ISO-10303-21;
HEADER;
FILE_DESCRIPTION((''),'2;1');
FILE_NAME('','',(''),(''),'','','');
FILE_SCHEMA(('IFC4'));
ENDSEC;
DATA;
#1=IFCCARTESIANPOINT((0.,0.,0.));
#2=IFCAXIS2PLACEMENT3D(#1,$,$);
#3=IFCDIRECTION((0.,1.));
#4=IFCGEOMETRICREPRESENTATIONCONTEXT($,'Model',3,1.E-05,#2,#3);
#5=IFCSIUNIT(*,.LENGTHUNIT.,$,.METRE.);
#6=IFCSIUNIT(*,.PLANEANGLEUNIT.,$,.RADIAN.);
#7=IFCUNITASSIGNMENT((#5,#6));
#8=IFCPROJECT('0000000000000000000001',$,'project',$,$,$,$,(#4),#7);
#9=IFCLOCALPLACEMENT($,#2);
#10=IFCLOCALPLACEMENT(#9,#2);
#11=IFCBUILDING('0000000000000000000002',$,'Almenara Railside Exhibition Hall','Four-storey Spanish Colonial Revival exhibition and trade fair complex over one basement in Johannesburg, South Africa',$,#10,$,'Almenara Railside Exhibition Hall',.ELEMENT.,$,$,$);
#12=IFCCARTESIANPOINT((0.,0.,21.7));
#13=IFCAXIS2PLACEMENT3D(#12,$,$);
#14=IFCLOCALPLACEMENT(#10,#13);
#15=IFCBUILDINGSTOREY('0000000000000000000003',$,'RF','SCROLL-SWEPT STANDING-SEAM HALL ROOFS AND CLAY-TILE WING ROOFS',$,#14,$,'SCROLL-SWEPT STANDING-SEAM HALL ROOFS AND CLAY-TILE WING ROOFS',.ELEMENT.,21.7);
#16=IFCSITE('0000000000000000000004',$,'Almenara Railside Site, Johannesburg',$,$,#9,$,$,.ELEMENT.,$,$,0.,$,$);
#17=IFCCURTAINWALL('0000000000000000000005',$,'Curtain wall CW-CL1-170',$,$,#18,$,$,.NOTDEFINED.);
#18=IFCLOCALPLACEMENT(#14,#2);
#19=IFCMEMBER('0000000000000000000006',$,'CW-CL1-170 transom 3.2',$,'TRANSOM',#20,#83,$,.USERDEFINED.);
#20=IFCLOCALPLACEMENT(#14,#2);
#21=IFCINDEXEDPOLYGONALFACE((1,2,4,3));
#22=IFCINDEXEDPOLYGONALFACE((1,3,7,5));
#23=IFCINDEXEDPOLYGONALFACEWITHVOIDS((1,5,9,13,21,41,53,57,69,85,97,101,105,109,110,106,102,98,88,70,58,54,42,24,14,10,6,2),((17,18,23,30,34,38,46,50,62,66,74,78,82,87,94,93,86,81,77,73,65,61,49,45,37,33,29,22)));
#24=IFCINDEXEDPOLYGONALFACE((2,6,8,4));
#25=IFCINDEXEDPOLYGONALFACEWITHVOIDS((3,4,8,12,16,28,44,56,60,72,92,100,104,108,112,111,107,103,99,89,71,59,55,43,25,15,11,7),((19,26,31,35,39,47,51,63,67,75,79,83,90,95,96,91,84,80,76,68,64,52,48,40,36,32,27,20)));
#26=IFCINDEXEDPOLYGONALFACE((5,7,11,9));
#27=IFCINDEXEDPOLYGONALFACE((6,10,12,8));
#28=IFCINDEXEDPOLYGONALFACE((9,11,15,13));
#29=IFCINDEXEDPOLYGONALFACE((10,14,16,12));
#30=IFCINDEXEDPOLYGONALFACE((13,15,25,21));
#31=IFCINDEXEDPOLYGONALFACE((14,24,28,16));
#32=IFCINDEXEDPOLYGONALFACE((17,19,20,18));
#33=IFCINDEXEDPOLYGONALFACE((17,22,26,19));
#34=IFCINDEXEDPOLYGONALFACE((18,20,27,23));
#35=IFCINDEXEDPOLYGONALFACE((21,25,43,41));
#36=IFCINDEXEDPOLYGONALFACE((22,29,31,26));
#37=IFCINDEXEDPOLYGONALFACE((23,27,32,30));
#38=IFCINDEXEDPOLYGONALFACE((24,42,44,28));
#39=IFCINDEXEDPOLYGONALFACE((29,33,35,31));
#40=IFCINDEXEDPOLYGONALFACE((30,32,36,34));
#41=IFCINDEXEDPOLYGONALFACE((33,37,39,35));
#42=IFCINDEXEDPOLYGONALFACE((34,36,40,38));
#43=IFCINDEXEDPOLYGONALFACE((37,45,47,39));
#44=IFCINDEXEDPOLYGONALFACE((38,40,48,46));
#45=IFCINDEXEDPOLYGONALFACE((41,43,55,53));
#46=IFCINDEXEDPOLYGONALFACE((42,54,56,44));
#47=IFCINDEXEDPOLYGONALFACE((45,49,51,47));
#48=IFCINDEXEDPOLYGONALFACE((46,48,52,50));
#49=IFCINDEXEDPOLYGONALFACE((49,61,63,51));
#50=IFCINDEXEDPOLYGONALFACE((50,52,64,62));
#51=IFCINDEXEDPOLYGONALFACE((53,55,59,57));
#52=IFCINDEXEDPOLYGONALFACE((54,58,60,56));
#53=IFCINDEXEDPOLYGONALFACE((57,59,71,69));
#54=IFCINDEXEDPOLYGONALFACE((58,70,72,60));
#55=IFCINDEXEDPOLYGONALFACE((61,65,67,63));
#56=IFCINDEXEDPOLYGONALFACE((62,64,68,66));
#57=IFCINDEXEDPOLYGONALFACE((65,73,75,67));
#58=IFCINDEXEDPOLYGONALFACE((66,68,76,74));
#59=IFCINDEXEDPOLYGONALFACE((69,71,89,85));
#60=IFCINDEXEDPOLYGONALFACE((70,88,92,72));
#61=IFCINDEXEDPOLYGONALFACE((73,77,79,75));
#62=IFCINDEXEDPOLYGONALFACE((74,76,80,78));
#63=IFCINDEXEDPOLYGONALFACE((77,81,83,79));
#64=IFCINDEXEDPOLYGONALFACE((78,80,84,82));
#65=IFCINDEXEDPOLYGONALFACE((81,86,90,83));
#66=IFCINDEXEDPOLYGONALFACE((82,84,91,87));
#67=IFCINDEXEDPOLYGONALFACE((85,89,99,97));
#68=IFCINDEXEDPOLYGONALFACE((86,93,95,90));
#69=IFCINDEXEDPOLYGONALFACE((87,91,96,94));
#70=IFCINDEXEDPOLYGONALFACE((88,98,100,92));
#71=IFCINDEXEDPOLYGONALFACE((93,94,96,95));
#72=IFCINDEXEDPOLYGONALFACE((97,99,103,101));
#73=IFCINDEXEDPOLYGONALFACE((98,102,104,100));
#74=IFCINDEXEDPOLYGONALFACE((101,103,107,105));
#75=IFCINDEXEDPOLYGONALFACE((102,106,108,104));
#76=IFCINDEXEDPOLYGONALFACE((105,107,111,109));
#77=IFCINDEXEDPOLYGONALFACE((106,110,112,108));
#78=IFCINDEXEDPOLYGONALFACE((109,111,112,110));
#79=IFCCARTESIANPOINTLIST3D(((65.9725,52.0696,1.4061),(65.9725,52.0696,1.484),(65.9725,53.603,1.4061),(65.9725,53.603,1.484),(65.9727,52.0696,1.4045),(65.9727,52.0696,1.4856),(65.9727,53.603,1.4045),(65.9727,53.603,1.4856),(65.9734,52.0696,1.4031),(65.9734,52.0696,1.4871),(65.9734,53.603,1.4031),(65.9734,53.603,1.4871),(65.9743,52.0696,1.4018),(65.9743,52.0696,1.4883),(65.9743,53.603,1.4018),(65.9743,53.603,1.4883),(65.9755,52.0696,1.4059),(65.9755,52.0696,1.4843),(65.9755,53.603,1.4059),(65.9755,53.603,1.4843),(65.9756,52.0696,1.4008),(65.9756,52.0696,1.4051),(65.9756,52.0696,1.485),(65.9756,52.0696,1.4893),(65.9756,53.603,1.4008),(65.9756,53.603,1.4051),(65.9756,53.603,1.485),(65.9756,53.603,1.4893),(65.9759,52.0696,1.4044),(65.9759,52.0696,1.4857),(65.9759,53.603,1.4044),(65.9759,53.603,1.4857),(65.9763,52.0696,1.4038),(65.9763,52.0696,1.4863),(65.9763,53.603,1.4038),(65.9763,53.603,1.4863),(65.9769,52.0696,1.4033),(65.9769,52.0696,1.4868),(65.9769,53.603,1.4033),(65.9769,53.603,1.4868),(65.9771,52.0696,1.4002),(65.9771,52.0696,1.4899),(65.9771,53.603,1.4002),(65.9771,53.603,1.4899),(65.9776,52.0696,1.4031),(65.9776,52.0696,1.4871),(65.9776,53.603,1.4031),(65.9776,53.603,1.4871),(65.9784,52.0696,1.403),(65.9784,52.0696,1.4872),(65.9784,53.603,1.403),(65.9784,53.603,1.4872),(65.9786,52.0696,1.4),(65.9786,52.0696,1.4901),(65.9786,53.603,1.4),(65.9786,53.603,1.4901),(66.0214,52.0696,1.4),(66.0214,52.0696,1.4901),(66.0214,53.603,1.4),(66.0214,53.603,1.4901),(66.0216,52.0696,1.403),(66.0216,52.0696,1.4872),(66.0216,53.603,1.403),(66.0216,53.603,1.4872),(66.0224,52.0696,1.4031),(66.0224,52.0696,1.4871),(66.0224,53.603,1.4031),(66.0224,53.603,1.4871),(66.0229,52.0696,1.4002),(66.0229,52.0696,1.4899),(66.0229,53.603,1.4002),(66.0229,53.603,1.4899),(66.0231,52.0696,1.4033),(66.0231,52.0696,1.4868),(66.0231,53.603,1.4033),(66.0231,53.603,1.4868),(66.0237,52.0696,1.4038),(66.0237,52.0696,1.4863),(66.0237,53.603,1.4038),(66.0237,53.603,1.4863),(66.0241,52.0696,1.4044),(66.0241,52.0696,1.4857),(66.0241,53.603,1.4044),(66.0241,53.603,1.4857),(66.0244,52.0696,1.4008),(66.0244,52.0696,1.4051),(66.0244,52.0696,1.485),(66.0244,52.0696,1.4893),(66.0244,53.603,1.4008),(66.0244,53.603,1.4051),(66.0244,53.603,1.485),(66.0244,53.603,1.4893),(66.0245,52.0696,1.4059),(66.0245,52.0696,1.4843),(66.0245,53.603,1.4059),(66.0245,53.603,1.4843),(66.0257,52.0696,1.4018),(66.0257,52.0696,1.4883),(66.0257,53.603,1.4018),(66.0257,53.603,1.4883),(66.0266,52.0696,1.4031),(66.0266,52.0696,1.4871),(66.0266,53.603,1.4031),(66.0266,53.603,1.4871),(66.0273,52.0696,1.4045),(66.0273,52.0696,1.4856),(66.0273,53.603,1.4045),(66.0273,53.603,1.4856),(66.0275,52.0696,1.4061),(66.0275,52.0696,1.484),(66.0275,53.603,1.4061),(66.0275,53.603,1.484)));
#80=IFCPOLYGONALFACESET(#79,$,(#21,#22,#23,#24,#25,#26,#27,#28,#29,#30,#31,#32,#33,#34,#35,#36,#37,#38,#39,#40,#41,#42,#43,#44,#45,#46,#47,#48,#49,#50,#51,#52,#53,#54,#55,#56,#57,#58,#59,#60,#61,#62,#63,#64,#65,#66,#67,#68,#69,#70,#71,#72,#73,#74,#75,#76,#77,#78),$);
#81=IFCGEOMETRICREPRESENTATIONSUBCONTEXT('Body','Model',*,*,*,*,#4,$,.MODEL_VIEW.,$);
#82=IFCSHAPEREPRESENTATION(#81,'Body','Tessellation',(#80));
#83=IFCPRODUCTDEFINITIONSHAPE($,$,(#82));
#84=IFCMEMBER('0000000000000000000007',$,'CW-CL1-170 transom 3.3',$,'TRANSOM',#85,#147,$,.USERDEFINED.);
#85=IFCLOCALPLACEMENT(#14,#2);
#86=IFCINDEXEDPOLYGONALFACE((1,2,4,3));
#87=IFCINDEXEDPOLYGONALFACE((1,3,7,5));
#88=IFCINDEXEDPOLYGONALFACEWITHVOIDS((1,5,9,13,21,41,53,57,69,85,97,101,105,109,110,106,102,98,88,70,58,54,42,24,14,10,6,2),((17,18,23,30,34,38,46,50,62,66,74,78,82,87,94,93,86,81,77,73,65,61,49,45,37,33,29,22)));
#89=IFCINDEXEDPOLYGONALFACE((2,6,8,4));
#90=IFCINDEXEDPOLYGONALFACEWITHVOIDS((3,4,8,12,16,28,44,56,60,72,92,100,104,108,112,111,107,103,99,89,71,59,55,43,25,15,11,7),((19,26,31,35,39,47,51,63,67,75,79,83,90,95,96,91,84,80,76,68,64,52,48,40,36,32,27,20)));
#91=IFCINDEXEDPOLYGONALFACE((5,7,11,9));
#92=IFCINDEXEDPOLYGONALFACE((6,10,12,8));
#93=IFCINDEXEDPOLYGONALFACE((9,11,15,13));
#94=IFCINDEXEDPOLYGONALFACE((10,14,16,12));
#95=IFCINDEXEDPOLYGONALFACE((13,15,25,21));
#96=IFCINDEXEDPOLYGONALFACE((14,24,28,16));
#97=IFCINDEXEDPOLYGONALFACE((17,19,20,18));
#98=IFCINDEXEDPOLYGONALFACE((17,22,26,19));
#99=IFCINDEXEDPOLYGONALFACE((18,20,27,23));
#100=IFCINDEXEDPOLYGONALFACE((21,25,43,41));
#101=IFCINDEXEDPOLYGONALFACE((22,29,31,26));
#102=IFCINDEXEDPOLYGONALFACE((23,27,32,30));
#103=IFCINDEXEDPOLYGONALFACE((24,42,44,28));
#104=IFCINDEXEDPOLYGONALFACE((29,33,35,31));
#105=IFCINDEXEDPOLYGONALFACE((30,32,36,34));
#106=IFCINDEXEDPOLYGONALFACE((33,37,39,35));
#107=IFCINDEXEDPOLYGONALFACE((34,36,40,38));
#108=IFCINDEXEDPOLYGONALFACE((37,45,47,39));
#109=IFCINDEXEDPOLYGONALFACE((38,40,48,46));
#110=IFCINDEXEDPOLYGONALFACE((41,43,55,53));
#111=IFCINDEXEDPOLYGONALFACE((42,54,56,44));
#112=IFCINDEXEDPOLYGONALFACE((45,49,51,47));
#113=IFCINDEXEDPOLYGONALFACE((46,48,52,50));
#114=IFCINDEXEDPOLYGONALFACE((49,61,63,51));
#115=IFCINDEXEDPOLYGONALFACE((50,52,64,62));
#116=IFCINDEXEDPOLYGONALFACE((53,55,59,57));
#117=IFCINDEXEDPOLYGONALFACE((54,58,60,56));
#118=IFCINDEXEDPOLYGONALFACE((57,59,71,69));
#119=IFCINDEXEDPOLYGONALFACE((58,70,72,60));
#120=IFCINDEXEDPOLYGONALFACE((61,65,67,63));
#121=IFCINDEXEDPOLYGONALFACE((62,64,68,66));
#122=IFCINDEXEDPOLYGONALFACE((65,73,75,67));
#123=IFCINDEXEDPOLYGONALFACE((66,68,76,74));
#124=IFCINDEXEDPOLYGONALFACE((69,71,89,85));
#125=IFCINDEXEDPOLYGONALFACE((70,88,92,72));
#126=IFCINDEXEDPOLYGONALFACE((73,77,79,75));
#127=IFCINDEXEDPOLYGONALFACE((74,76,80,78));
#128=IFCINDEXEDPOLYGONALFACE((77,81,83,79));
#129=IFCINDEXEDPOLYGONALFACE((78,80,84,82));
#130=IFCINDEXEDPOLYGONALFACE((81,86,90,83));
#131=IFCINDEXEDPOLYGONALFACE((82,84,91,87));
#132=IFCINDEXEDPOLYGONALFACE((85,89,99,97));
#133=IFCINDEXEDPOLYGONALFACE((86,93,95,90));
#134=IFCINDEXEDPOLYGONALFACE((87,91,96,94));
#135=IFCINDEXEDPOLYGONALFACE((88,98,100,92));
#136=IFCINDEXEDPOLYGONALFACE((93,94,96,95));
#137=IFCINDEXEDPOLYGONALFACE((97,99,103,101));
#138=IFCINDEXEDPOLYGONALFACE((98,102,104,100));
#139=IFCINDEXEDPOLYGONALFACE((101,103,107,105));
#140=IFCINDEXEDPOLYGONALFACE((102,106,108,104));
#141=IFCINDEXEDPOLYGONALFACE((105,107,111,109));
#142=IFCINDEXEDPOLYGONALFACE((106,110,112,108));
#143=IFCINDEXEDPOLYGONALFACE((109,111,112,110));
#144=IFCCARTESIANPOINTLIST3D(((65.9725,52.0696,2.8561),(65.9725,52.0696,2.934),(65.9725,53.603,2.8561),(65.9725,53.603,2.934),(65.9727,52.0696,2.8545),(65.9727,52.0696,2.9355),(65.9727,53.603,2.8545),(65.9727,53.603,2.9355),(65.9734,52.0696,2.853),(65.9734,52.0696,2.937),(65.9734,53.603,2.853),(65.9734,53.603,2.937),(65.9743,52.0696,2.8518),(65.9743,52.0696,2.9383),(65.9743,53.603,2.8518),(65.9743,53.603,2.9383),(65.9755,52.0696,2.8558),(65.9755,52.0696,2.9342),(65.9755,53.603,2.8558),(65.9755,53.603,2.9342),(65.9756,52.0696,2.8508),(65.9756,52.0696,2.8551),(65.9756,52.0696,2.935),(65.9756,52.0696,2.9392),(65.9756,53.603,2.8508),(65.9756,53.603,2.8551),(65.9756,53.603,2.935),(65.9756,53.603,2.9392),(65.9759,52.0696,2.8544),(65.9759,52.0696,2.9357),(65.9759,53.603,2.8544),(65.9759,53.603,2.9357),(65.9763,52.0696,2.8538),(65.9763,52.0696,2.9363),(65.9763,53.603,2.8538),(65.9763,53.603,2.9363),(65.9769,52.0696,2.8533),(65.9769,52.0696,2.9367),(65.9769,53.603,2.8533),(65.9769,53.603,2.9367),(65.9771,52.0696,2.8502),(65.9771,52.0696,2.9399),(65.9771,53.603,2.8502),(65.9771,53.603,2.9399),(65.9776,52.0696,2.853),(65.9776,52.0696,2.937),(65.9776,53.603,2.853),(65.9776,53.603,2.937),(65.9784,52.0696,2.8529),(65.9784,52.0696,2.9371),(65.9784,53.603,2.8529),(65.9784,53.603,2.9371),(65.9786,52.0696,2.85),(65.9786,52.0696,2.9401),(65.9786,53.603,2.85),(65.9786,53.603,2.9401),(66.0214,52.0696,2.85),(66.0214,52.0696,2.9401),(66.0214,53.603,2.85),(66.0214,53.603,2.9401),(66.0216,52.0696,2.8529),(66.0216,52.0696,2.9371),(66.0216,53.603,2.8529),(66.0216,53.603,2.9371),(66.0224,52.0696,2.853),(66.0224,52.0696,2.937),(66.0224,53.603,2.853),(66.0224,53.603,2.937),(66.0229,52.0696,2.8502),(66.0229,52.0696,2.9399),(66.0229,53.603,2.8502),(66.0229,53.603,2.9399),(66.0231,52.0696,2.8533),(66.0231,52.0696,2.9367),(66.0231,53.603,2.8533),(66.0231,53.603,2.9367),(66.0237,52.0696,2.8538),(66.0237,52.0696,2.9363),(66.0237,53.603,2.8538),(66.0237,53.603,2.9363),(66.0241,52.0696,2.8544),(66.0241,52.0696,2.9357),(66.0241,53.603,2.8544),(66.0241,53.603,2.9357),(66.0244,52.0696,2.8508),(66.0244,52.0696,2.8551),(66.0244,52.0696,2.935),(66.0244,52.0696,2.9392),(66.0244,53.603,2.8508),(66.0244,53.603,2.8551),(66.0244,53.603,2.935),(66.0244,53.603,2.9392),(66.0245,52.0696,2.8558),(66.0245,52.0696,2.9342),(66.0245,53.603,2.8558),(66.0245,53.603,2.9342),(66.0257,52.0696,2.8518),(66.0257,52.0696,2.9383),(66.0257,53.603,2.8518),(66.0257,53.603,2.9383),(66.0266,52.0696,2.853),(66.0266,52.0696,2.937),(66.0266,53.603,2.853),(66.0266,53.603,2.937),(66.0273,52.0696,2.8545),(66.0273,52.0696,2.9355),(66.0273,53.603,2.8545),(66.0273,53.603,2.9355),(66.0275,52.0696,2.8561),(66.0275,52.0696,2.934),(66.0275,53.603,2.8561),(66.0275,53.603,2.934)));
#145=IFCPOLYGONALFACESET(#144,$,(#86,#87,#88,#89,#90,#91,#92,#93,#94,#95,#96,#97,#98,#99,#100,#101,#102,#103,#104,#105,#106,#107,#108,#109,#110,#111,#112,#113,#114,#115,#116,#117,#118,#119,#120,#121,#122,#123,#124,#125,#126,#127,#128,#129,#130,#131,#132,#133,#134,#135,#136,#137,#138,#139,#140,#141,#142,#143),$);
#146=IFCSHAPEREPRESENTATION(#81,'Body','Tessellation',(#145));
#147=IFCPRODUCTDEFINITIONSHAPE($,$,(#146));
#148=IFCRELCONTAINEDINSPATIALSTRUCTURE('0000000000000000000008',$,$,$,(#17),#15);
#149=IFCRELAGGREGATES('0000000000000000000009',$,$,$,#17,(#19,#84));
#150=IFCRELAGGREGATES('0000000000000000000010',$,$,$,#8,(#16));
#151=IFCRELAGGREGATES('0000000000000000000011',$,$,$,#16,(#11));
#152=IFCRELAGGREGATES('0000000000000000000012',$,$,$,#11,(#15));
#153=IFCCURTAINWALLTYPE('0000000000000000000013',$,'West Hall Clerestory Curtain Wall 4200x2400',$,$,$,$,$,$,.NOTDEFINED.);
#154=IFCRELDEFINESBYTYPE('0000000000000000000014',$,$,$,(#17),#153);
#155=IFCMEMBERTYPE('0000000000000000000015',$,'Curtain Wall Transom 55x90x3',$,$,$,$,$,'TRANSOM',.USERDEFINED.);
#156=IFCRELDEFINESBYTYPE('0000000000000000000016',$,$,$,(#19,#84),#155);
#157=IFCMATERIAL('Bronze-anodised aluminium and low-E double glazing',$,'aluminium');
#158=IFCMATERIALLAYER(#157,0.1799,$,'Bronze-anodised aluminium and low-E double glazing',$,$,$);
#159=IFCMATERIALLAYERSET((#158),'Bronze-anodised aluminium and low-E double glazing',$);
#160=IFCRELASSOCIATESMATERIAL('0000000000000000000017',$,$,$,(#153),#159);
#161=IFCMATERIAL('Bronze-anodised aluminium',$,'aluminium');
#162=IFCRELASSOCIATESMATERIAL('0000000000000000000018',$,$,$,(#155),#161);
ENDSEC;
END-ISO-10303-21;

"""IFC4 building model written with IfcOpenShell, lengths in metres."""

from ifc_helpers import new_model, si_unit, direction, frame, origin, origin_2d, place, context, subcontext, project, spatial, hollow_rectangle, extrude, material, layer, layer_set, material_profile, profile_set, type_object, element, aggregate, save


model = new_model("IFC4")

# Units and contexts
model_context = context("Model", 3, precision=1e-05, world=origin(), true_north=direction((0.0, 1.0)))
body_context = subcontext(model_context, "Body", "Model", "MODEL_VIEW")
ifc_project = project(units=[si_unit("LENGTHUNIT", "METRE"), si_unit("PLANEANGLEUNIT", "RADIAN")], contexts=[model_context])

# Site, building, storey
site_placement = place(None, origin())
site = spatial("IfcSite", under=ifc_project, at=site_placement, Name="Almenara Railside Site, Johannesburg", CompositionType="ELEMENT", RefElevation=0.0)
building_placement = place(site_placement, origin())
building = spatial("IfcBuilding", under=site, at=building_placement, Name="Almenara Railside Exhibition Hall", Description="Four-storey Spanish Colonial Revival exhibition and trade fair complex over one basement in Johannesburg, South Africa", LongName="Almenara Railside Exhibition Hall", CompositionType="ELEMENT")
storey_placement = place(building_placement, frame((0.0, 0.0, 21.7)))
storey = spatial("IfcBuildingStorey", under=building, at=storey_placement, Name="RF", Description="SCROLL-SWEPT STANDING-SEAM HALL ROOFS AND CLAY-TILE WING ROOFS", LongName="SCROLL-SWEPT STANDING-SEAM HALL ROOFS AND CLAY-TILE WING ROOFS", CompositionType="ELEMENT", Elevation=21.7)

# Curtain wall
ifc_material_1 = material(Name="Bronze-anodised aluminium and low-E double glazing", Category="aluminium")
ifc_layer_1 = layer(ifc_material_1, 0.1799, Name="Bronze-anodised aluminium and low-E double glazing")
ifc_layer_set_1 = layer_set([ifc_layer_1], Name="Bronze-anodised aluminium and low-E double glazing")
curtain_wall_type = type_object("IfcCurtainWallType", Name="West Hall Clerestory Curtain Wall 4200x2400", PredefinedType="NOTDEFINED", material=ifc_layer_set_1)
curtain_wall_1_placement = place(storey_placement, origin())
curtain_wall_1 = element("IfcCurtainWall", 1, at=curtain_wall_1_placement, inside=storey, type_object=curtain_wall_type, Name="Curtain wall CW-CL1-170", PredefinedType="NOTDEFINED")
ifc_material_2 = material(Name="Bronze-anodised aluminium", Category="aluminium")

# Members
ifc_material_profile_1 = material_profile(ifc_material_2, hollow_rectangle(XDim=0.0549, YDim=0.0901, WallThickness=0.0029, InnerFilletRadius=0.0029, OuterFilletRadius=0.0061, at=origin_2d()), Name="ALU-TRN 55x90x3")
ifc_profile_set_1 = profile_set([ifc_material_profile_1], Name="Bronze-anodised aluminium")
member_type_1 = type_object("IfcMemberType", Name="Curtain Wall Transom 55x90x3", ElementType="TRANSOM", PredefinedType="USERDEFINED", material=ifc_profile_set_1)
member_1_placement = place(storey_placement, frame((66.0, 52.0696, 1.4451), z_axis=(0.0, 1.0, 0.0), x_axis=(-1.0, 0.0, 0.0)))
member_1 = element("IfcMember", 2, at=member_1_placement, type_object=member_type_1, Name="CW-CL1-170 transom 3.2", ObjectType="TRANSOM", PredefinedType="USERDEFINED", context=body_context, shape_type="SweptSolid", body=[
    extrude(hollow_rectangle(XDim=0.0549, YDim=0.0901, WallThickness=0.0029, InnerFilletRadius=0.0029, OuterFilletRadius=0.0061, at=origin_2d()), origin(), (0.0, 0.0, 1.0), 1.5334),
])
member_2_placement = place(storey_placement, frame((66.0, 52.0696, 2.895), z_axis=(0.0, 1.0, 0.0), x_axis=(-1.0, 0.0, 0.0)))
member_2 = element("IfcMember", 3, at=member_2_placement, type_object=member_type_1, Name="CW-CL1-170 transom 3.3", ObjectType="TRANSOM", PredefinedType="USERDEFINED", context=body_context, shape_type="SweptSolid", body=[
    extrude(hollow_rectangle(XDim=0.0549, YDim=0.0901, WallThickness=0.0029, InnerFilletRadius=0.0029, OuterFilletRadius=0.0061, at=origin_2d()), origin(), (0.0, 0.0, 1.0), 1.5334),
])

aggregate(curtain_wall_1, [member_1, member_2])

save(model, "model.ifc")
